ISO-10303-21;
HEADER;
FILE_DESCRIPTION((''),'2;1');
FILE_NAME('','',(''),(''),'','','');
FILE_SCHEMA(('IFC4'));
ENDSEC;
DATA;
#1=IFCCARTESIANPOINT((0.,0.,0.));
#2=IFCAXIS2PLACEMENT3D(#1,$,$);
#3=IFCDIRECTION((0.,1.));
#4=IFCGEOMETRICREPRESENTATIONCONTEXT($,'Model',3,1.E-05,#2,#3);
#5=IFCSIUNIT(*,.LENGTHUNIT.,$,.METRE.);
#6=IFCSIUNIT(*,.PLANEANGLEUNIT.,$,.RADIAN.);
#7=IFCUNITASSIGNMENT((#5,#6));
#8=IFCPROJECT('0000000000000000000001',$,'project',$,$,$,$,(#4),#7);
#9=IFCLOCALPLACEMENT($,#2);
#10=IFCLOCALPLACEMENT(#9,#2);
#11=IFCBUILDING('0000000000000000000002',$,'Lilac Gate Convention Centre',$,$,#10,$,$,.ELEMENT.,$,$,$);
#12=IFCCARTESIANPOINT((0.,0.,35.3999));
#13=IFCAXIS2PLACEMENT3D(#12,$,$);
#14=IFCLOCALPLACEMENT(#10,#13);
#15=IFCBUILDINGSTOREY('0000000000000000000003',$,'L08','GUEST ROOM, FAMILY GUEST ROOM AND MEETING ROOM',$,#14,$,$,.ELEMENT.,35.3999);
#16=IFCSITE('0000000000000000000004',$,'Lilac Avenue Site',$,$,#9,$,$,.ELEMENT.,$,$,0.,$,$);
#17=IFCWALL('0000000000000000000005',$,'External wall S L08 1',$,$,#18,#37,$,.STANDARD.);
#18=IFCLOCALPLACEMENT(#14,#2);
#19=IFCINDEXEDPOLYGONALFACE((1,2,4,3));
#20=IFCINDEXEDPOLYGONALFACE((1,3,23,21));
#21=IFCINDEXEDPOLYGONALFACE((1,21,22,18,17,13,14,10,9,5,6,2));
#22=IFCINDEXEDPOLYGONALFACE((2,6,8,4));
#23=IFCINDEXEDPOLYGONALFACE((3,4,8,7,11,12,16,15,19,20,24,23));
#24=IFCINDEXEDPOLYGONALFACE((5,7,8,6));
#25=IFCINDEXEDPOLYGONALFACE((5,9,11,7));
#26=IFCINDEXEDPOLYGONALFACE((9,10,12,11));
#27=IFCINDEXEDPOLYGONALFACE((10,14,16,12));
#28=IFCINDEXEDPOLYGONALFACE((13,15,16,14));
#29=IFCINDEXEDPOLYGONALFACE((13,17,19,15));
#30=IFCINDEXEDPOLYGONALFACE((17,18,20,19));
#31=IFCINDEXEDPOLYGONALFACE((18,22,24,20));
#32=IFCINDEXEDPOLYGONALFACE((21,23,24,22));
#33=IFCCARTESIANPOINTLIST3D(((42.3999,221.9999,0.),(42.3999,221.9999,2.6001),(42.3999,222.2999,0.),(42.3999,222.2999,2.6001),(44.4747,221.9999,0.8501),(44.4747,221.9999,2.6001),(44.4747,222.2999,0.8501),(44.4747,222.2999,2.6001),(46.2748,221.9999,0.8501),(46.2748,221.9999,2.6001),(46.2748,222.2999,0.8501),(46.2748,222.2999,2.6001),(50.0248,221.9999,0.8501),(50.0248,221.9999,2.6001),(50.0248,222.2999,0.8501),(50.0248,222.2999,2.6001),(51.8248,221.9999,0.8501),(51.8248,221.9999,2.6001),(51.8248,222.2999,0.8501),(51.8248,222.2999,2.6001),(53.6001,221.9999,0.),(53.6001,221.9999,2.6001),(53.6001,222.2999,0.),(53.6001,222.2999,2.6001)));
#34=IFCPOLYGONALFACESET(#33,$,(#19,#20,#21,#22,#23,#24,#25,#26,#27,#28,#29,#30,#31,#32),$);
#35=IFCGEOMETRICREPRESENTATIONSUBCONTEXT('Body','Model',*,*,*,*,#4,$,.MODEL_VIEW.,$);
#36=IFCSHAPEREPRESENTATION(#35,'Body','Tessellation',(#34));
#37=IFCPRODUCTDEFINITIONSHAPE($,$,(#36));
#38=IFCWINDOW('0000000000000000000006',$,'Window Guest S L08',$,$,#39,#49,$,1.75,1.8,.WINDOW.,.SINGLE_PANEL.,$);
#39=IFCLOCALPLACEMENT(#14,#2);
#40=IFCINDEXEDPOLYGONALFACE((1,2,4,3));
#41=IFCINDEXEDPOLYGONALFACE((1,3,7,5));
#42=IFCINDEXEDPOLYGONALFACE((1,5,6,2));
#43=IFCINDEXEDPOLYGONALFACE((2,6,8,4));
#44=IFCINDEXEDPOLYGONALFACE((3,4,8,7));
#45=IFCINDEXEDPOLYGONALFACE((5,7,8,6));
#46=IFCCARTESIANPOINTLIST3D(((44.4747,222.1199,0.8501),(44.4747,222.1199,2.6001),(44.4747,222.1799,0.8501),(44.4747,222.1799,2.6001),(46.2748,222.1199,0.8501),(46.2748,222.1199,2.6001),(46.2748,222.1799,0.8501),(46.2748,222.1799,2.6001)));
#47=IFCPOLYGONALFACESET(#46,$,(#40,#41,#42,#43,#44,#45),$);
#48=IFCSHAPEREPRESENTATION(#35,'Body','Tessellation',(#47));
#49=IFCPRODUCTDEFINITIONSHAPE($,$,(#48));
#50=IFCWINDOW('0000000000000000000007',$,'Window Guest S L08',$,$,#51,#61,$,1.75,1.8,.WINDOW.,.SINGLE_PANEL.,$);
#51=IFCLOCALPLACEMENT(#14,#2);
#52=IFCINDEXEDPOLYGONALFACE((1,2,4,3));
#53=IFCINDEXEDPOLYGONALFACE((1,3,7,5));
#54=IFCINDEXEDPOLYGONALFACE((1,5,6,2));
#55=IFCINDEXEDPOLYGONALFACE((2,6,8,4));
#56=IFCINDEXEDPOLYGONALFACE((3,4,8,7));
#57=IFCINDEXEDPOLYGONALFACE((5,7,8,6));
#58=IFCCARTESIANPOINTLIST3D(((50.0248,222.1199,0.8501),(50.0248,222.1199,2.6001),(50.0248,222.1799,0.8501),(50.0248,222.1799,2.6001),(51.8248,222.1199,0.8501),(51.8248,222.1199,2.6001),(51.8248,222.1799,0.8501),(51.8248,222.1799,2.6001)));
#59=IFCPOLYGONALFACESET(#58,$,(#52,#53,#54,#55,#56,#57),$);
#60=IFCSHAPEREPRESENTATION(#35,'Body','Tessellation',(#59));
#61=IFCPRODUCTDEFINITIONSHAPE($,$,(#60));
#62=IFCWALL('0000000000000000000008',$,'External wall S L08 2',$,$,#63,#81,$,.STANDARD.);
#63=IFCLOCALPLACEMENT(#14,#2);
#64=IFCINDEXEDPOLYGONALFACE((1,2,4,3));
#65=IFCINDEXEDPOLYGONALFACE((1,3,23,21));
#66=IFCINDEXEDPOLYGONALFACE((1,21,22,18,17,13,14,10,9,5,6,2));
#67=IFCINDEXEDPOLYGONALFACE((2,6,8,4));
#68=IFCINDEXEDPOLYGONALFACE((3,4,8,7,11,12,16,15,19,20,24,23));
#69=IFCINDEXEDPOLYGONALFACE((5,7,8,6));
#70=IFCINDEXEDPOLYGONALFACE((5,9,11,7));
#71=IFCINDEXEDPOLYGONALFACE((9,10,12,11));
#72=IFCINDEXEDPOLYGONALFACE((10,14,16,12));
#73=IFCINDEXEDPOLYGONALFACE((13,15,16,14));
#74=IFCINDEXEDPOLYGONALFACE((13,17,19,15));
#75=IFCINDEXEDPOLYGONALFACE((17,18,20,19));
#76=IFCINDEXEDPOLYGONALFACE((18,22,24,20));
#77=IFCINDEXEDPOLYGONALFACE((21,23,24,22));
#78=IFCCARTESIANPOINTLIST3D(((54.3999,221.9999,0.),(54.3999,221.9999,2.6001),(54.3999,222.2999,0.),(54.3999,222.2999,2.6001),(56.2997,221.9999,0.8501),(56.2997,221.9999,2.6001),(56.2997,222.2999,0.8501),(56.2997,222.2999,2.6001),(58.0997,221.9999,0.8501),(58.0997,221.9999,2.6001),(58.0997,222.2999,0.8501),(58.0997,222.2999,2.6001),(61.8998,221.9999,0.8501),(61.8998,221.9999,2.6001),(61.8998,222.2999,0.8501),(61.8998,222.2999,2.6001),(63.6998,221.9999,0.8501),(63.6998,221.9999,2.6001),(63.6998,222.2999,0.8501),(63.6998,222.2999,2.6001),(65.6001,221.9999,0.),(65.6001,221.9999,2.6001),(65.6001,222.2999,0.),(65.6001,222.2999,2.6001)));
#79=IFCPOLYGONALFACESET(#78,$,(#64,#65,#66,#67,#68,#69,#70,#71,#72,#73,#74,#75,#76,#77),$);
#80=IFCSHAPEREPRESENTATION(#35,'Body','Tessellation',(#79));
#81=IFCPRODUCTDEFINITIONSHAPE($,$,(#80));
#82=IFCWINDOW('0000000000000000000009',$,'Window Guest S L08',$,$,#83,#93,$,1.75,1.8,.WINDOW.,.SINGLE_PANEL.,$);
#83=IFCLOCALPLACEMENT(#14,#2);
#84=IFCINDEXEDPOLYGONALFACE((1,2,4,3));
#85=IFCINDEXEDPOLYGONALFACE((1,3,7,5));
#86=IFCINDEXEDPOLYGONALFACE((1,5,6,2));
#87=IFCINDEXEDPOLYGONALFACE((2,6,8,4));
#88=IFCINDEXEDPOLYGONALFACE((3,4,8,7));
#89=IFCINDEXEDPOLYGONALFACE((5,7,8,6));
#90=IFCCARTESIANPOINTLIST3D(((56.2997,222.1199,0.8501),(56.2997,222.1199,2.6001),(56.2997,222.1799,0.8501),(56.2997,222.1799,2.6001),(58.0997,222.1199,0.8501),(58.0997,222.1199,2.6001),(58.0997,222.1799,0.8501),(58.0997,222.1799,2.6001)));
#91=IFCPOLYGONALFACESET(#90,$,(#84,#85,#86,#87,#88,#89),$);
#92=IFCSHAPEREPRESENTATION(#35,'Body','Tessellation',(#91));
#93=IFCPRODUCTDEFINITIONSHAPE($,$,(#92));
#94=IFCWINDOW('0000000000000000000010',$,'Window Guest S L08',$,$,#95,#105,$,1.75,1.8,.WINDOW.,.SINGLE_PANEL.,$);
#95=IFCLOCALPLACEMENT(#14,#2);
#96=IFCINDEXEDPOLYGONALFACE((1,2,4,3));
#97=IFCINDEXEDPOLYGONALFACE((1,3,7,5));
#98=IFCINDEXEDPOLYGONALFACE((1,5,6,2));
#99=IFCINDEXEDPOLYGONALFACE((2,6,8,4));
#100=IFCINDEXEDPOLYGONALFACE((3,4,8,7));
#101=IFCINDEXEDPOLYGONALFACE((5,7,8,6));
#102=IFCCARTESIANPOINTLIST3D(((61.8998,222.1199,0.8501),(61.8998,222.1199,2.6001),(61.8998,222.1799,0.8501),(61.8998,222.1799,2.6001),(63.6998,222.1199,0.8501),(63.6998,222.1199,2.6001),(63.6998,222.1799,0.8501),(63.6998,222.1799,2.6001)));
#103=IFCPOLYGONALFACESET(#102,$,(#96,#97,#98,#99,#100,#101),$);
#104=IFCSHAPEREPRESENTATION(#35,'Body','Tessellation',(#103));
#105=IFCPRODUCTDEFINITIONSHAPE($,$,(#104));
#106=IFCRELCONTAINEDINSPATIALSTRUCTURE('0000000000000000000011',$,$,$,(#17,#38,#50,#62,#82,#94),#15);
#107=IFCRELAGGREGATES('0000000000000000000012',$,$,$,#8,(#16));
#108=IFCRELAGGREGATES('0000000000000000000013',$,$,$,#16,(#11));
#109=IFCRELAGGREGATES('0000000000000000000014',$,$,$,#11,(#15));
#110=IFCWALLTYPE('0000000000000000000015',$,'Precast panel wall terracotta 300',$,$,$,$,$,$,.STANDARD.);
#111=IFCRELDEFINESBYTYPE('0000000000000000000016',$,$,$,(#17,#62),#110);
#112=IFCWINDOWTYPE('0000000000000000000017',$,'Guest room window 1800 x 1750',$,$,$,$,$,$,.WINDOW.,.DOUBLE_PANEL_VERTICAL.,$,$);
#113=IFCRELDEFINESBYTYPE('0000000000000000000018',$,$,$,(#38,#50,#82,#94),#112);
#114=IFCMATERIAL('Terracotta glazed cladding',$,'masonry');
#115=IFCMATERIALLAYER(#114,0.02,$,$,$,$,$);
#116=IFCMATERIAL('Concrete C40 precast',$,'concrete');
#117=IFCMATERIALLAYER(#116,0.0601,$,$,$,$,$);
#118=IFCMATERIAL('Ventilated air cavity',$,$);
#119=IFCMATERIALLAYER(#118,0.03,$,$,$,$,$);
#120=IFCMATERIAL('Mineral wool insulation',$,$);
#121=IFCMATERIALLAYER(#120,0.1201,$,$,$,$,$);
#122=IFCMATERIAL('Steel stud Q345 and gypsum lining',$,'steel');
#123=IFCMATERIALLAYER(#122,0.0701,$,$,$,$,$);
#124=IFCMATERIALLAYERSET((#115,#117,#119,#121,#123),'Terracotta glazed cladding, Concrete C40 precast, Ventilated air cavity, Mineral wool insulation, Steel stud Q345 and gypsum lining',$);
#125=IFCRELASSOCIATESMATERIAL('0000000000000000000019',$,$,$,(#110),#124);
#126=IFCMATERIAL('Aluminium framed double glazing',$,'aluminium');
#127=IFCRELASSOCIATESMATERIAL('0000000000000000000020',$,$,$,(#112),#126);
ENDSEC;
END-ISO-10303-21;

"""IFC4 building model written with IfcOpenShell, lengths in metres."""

from ifc_helpers import new_model, si_unit, direction, frame, frame_2d, origin, place, context, subcontext, project, spatial, rectangle, extrude, material, layer, layer_set, type_object, element, fill, save


model = new_model("IFC4")

# Units and contexts
model_context = context("Model", 3, precision=1e-05, world=origin(), true_north=direction((0.0, 1.0)))
body_context = subcontext(model_context, "Body", "Model", "MODEL_VIEW")
ifc_project = project(units=[si_unit("LENGTHUNIT", "METRE"), si_unit("PLANEANGLEUNIT", "RADIAN")], contexts=[model_context])

# Site, building, storey
site_placement = place(None, origin())
site = spatial("IfcSite", under=ifc_project, at=site_placement, Name="Lilac Avenue Site", CompositionType="ELEMENT", RefElevation=0.0)
building_placement = place(site_placement, origin())
building = spatial("IfcBuilding", under=site, at=building_placement, Name="Lilac Gate Convention Centre", CompositionType="ELEMENT")
storey_placement = place(building_placement, frame((0.0, 0.0, 35.3999)))
storey = spatial("IfcBuildingStorey", under=building, at=storey_placement, Name="L08", Description="GUEST ROOM, FAMILY GUEST ROOM AND MEETING ROOM", CompositionType="ELEMENT", Elevation=35.3999)

# Shared definitions
ifc_material_1 = material(Name="Aluminium framed double glazing", Category="aluminium")

# Shared definitions
ifc_material_2 = material(Name="Concrete C40 precast", Category="concrete")
ifc_material_3 = material(Name="Terracotta glazed cladding", Category="masonry")

# Walls, openings, windows
ifc_layer_1 = layer(ifc_material_3, 0.02)
ifc_layer_2 = layer(ifc_material_2, 0.0601)
ifc_material_4 = material(Name="Ventilated air cavity")
ifc_layer_3 = layer(ifc_material_4, 0.03)
ifc_material_5 = material(Name="Mineral wool insulation")
ifc_layer_4 = layer(ifc_material_5, 0.1201)
ifc_material_6 = material(Name="Steel stud Q345 and gypsum lining", Category="steel")
ifc_layer_5 = layer(ifc_material_6, 0.0701)
ifc_layer_set_1 = layer_set([ifc_layer_1, ifc_layer_2, ifc_layer_3, ifc_layer_4, ifc_layer_5], Name="Terracotta glazed cladding, Concrete C40 precast, Ventilated air cavity, Mineral wool insulation, Steel stud Q345 and gypsum lining")
wall_type_1 = type_object("IfcWallType", Name="Precast panel wall terracotta 300", PredefinedType="STANDARD", material=ifc_layer_set_1)
wall_1_placement = place(storey_placement, frame((42.3999, 222.1499, 0.0), z_axis=(0.0, 0.0, 1.0), x_axis=(1.0, 0.0, 0.0)))
wall_1 = element("IfcWall", 1, at=wall_1_placement, inside=storey, type_object=wall_type_1, Name="External wall S L08 1", PredefinedType="STANDARD", context=body_context, shape_type="SweptSolid", body=[
    extrude(rectangle(XDim=11.2002, YDim=0.3, at=frame_2d((5.6001, 0.0))), origin(), (0.0, 0.0, 1.0), 2.6001),
])
opening_1_placement = place(wall_1_placement, frame((2.075, 0.0, 0.8501)))
opening_1 = element("IfcOpeningElement", 2, at=opening_1_placement, cuts=wall_1, PredefinedType="OPENING", context=body_context, shape_type="SweptSolid", body=[
    extrude(rectangle(XDim=1.8, YDim=1.75, at=frame_2d((0.8999, 0.875))), frame((0.0, 0.1599, 0.0), z_axis=(0.0, -1.0, 0.0), x_axis=(1.0, 0.0, 0.0)), (0.0, 0.0, 1.0), 0.3201),
])
opening_2_placement = place(wall_1_placement, frame((7.625, 0.0, 0.8501)))
opening_2 = element("IfcOpeningElement", 3, at=opening_2_placement, cuts=wall_1, PredefinedType="OPENING", context=body_context, shape_type="SweptSolid", body=[
    extrude(rectangle(XDim=1.8, YDim=1.75, at=frame_2d((0.8999, 0.875))), frame((0.0, 0.1599, 0.0), z_axis=(0.0, -1.0, 0.0), x_axis=(1.0, 0.0, 0.0)), (0.0, 0.0, 1.0), 0.3201),
])
window_type = type_object("IfcWindowType", Name="Guest room window 1800 x 1750", PartitioningType="DOUBLE_PANEL_VERTICAL", PredefinedType="WINDOW", material=ifc_material_1)
window_1_placement = place(opening_1_placement, origin())
window_1 = element("IfcWindow", 4, at=window_1_placement, inside=storey, type_object=window_type, Name="Window Guest S L08", OverallHeight=1.75, OverallWidth=1.8, PartitioningType="SINGLE_PANEL", PredefinedType="WINDOW", context=body_context, shape_type="SweptSolid", body=[
    extrude(rectangle(XDim=1.8, YDim=1.75, at=frame_2d((0.8999, 0.875))), frame((0.0, 0.03, 0.0), z_axis=(0.0, -1.0, 0.0), x_axis=(1.0, 0.0, 0.0)), (0.0, 0.0, 1.0), 0.0601),
])
fill(opening_1, window_1)
window_2_placement = place(opening_2_placement, origin())
window_2 = element("IfcWindow", 5, at=window_2_placement, inside=storey, type_object=window_type, Name="Window Guest S L08", OverallHeight=1.75, OverallWidth=1.8, PartitioningType="SINGLE_PANEL", PredefinedType="WINDOW", context=body_context, shape_type="SweptSolid", body=[
    extrude(rectangle(XDim=1.8, YDim=1.75, at=frame_2d((0.8999, 0.875))), frame((0.0, 0.03, 0.0), z_axis=(0.0, -1.0, 0.0), x_axis=(1.0, 0.0, 0.0)), (0.0, 0.0, 1.0), 0.0601),
])
fill(opening_2, window_2)
wall_2_placement = place(storey_placement, frame((54.3999, 222.1499, 0.0), z_axis=(0.0, 0.0, 1.0), x_axis=(1.0, 0.0, 0.0)))
wall_2 = element("IfcWall", 6, at=wall_2_placement, inside=storey, type_object=wall_type_1, Name="External wall S L08 2", PredefinedType="STANDARD", context=body_context, shape_type="SweptSolid", body=[
    extrude(rectangle(XDim=11.2002, YDim=0.3, at=frame_2d((5.6001, 0.0))), origin(), (0.0, 0.0, 1.0), 2.6001),
])
opening_3_placement = place(wall_2_placement, frame((1.8999, 0.0, 0.8501)))
opening_3 = element("IfcOpeningElement", 7, at=opening_3_placement, cuts=wall_2, PredefinedType="OPENING", context=body_context, shape_type="SweptSolid", body=[
    extrude(rectangle(XDim=1.8, YDim=1.75, at=frame_2d((0.8999, 0.875))), frame((0.0, 0.1599, 0.0), z_axis=(0.0, -1.0, 0.0), x_axis=(1.0, 0.0, 0.0)), (0.0, 0.0, 1.0), 0.3201),
])
opening_4_placement = place(wall_2_placement, frame((7.5, 0.0, 0.8501)))
opening_4 = element("IfcOpeningElement", 8, at=opening_4_placement, cuts=wall_2, PredefinedType="OPENING", context=body_context, shape_type="SweptSolid", body=[
    extrude(rectangle(XDim=1.8, YDim=1.75, at=frame_2d((0.8999, 0.875))), frame((0.0, 0.1599, 0.0), z_axis=(0.0, -1.0, 0.0), x_axis=(1.0, 0.0, 0.0)), (0.0, 0.0, 1.0), 0.3201),
])
window_3_placement = place(opening_3_placement, origin())
window_3 = element("IfcWindow", 9, at=window_3_placement, inside=storey, type_object=window_type, Name="Window Guest S L08", OverallHeight=1.75, OverallWidth=1.8, PartitioningType="SINGLE_PANEL", PredefinedType="WINDOW", context=body_context, shape_type="SweptSolid", body=[
    extrude(rectangle(XDim=1.8, YDim=1.75, at=frame_2d((0.8999, 0.875))), frame((0.0, 0.03, 0.0), z_axis=(0.0, -1.0, 0.0), x_axis=(1.0, 0.0, 0.0)), (0.0, 0.0, 1.0), 0.0601),
])
fill(opening_3, window_3)
window_4_placement = place(opening_4_placement, origin())
window_4 = element("IfcWindow", 10, at=window_4_placement, inside=storey, type_object=window_type, Name="Window Guest S L08", OverallHeight=1.75, OverallWidth=1.8, PartitioningType="SINGLE_PANEL", PredefinedType="WINDOW", context=body_context, shape_type="SweptSolid", body=[
    extrude(rectangle(XDim=1.8, YDim=1.75, at=frame_2d((0.8999, 0.875))), frame((0.0, 0.03, 0.0), z_axis=(0.0, -1.0, 0.0), x_axis=(1.0, 0.0, 0.0)), (0.0, 0.0, 1.0), 0.0601),
])
fill(opening_4, window_4)

save(model, "model.ifc")
